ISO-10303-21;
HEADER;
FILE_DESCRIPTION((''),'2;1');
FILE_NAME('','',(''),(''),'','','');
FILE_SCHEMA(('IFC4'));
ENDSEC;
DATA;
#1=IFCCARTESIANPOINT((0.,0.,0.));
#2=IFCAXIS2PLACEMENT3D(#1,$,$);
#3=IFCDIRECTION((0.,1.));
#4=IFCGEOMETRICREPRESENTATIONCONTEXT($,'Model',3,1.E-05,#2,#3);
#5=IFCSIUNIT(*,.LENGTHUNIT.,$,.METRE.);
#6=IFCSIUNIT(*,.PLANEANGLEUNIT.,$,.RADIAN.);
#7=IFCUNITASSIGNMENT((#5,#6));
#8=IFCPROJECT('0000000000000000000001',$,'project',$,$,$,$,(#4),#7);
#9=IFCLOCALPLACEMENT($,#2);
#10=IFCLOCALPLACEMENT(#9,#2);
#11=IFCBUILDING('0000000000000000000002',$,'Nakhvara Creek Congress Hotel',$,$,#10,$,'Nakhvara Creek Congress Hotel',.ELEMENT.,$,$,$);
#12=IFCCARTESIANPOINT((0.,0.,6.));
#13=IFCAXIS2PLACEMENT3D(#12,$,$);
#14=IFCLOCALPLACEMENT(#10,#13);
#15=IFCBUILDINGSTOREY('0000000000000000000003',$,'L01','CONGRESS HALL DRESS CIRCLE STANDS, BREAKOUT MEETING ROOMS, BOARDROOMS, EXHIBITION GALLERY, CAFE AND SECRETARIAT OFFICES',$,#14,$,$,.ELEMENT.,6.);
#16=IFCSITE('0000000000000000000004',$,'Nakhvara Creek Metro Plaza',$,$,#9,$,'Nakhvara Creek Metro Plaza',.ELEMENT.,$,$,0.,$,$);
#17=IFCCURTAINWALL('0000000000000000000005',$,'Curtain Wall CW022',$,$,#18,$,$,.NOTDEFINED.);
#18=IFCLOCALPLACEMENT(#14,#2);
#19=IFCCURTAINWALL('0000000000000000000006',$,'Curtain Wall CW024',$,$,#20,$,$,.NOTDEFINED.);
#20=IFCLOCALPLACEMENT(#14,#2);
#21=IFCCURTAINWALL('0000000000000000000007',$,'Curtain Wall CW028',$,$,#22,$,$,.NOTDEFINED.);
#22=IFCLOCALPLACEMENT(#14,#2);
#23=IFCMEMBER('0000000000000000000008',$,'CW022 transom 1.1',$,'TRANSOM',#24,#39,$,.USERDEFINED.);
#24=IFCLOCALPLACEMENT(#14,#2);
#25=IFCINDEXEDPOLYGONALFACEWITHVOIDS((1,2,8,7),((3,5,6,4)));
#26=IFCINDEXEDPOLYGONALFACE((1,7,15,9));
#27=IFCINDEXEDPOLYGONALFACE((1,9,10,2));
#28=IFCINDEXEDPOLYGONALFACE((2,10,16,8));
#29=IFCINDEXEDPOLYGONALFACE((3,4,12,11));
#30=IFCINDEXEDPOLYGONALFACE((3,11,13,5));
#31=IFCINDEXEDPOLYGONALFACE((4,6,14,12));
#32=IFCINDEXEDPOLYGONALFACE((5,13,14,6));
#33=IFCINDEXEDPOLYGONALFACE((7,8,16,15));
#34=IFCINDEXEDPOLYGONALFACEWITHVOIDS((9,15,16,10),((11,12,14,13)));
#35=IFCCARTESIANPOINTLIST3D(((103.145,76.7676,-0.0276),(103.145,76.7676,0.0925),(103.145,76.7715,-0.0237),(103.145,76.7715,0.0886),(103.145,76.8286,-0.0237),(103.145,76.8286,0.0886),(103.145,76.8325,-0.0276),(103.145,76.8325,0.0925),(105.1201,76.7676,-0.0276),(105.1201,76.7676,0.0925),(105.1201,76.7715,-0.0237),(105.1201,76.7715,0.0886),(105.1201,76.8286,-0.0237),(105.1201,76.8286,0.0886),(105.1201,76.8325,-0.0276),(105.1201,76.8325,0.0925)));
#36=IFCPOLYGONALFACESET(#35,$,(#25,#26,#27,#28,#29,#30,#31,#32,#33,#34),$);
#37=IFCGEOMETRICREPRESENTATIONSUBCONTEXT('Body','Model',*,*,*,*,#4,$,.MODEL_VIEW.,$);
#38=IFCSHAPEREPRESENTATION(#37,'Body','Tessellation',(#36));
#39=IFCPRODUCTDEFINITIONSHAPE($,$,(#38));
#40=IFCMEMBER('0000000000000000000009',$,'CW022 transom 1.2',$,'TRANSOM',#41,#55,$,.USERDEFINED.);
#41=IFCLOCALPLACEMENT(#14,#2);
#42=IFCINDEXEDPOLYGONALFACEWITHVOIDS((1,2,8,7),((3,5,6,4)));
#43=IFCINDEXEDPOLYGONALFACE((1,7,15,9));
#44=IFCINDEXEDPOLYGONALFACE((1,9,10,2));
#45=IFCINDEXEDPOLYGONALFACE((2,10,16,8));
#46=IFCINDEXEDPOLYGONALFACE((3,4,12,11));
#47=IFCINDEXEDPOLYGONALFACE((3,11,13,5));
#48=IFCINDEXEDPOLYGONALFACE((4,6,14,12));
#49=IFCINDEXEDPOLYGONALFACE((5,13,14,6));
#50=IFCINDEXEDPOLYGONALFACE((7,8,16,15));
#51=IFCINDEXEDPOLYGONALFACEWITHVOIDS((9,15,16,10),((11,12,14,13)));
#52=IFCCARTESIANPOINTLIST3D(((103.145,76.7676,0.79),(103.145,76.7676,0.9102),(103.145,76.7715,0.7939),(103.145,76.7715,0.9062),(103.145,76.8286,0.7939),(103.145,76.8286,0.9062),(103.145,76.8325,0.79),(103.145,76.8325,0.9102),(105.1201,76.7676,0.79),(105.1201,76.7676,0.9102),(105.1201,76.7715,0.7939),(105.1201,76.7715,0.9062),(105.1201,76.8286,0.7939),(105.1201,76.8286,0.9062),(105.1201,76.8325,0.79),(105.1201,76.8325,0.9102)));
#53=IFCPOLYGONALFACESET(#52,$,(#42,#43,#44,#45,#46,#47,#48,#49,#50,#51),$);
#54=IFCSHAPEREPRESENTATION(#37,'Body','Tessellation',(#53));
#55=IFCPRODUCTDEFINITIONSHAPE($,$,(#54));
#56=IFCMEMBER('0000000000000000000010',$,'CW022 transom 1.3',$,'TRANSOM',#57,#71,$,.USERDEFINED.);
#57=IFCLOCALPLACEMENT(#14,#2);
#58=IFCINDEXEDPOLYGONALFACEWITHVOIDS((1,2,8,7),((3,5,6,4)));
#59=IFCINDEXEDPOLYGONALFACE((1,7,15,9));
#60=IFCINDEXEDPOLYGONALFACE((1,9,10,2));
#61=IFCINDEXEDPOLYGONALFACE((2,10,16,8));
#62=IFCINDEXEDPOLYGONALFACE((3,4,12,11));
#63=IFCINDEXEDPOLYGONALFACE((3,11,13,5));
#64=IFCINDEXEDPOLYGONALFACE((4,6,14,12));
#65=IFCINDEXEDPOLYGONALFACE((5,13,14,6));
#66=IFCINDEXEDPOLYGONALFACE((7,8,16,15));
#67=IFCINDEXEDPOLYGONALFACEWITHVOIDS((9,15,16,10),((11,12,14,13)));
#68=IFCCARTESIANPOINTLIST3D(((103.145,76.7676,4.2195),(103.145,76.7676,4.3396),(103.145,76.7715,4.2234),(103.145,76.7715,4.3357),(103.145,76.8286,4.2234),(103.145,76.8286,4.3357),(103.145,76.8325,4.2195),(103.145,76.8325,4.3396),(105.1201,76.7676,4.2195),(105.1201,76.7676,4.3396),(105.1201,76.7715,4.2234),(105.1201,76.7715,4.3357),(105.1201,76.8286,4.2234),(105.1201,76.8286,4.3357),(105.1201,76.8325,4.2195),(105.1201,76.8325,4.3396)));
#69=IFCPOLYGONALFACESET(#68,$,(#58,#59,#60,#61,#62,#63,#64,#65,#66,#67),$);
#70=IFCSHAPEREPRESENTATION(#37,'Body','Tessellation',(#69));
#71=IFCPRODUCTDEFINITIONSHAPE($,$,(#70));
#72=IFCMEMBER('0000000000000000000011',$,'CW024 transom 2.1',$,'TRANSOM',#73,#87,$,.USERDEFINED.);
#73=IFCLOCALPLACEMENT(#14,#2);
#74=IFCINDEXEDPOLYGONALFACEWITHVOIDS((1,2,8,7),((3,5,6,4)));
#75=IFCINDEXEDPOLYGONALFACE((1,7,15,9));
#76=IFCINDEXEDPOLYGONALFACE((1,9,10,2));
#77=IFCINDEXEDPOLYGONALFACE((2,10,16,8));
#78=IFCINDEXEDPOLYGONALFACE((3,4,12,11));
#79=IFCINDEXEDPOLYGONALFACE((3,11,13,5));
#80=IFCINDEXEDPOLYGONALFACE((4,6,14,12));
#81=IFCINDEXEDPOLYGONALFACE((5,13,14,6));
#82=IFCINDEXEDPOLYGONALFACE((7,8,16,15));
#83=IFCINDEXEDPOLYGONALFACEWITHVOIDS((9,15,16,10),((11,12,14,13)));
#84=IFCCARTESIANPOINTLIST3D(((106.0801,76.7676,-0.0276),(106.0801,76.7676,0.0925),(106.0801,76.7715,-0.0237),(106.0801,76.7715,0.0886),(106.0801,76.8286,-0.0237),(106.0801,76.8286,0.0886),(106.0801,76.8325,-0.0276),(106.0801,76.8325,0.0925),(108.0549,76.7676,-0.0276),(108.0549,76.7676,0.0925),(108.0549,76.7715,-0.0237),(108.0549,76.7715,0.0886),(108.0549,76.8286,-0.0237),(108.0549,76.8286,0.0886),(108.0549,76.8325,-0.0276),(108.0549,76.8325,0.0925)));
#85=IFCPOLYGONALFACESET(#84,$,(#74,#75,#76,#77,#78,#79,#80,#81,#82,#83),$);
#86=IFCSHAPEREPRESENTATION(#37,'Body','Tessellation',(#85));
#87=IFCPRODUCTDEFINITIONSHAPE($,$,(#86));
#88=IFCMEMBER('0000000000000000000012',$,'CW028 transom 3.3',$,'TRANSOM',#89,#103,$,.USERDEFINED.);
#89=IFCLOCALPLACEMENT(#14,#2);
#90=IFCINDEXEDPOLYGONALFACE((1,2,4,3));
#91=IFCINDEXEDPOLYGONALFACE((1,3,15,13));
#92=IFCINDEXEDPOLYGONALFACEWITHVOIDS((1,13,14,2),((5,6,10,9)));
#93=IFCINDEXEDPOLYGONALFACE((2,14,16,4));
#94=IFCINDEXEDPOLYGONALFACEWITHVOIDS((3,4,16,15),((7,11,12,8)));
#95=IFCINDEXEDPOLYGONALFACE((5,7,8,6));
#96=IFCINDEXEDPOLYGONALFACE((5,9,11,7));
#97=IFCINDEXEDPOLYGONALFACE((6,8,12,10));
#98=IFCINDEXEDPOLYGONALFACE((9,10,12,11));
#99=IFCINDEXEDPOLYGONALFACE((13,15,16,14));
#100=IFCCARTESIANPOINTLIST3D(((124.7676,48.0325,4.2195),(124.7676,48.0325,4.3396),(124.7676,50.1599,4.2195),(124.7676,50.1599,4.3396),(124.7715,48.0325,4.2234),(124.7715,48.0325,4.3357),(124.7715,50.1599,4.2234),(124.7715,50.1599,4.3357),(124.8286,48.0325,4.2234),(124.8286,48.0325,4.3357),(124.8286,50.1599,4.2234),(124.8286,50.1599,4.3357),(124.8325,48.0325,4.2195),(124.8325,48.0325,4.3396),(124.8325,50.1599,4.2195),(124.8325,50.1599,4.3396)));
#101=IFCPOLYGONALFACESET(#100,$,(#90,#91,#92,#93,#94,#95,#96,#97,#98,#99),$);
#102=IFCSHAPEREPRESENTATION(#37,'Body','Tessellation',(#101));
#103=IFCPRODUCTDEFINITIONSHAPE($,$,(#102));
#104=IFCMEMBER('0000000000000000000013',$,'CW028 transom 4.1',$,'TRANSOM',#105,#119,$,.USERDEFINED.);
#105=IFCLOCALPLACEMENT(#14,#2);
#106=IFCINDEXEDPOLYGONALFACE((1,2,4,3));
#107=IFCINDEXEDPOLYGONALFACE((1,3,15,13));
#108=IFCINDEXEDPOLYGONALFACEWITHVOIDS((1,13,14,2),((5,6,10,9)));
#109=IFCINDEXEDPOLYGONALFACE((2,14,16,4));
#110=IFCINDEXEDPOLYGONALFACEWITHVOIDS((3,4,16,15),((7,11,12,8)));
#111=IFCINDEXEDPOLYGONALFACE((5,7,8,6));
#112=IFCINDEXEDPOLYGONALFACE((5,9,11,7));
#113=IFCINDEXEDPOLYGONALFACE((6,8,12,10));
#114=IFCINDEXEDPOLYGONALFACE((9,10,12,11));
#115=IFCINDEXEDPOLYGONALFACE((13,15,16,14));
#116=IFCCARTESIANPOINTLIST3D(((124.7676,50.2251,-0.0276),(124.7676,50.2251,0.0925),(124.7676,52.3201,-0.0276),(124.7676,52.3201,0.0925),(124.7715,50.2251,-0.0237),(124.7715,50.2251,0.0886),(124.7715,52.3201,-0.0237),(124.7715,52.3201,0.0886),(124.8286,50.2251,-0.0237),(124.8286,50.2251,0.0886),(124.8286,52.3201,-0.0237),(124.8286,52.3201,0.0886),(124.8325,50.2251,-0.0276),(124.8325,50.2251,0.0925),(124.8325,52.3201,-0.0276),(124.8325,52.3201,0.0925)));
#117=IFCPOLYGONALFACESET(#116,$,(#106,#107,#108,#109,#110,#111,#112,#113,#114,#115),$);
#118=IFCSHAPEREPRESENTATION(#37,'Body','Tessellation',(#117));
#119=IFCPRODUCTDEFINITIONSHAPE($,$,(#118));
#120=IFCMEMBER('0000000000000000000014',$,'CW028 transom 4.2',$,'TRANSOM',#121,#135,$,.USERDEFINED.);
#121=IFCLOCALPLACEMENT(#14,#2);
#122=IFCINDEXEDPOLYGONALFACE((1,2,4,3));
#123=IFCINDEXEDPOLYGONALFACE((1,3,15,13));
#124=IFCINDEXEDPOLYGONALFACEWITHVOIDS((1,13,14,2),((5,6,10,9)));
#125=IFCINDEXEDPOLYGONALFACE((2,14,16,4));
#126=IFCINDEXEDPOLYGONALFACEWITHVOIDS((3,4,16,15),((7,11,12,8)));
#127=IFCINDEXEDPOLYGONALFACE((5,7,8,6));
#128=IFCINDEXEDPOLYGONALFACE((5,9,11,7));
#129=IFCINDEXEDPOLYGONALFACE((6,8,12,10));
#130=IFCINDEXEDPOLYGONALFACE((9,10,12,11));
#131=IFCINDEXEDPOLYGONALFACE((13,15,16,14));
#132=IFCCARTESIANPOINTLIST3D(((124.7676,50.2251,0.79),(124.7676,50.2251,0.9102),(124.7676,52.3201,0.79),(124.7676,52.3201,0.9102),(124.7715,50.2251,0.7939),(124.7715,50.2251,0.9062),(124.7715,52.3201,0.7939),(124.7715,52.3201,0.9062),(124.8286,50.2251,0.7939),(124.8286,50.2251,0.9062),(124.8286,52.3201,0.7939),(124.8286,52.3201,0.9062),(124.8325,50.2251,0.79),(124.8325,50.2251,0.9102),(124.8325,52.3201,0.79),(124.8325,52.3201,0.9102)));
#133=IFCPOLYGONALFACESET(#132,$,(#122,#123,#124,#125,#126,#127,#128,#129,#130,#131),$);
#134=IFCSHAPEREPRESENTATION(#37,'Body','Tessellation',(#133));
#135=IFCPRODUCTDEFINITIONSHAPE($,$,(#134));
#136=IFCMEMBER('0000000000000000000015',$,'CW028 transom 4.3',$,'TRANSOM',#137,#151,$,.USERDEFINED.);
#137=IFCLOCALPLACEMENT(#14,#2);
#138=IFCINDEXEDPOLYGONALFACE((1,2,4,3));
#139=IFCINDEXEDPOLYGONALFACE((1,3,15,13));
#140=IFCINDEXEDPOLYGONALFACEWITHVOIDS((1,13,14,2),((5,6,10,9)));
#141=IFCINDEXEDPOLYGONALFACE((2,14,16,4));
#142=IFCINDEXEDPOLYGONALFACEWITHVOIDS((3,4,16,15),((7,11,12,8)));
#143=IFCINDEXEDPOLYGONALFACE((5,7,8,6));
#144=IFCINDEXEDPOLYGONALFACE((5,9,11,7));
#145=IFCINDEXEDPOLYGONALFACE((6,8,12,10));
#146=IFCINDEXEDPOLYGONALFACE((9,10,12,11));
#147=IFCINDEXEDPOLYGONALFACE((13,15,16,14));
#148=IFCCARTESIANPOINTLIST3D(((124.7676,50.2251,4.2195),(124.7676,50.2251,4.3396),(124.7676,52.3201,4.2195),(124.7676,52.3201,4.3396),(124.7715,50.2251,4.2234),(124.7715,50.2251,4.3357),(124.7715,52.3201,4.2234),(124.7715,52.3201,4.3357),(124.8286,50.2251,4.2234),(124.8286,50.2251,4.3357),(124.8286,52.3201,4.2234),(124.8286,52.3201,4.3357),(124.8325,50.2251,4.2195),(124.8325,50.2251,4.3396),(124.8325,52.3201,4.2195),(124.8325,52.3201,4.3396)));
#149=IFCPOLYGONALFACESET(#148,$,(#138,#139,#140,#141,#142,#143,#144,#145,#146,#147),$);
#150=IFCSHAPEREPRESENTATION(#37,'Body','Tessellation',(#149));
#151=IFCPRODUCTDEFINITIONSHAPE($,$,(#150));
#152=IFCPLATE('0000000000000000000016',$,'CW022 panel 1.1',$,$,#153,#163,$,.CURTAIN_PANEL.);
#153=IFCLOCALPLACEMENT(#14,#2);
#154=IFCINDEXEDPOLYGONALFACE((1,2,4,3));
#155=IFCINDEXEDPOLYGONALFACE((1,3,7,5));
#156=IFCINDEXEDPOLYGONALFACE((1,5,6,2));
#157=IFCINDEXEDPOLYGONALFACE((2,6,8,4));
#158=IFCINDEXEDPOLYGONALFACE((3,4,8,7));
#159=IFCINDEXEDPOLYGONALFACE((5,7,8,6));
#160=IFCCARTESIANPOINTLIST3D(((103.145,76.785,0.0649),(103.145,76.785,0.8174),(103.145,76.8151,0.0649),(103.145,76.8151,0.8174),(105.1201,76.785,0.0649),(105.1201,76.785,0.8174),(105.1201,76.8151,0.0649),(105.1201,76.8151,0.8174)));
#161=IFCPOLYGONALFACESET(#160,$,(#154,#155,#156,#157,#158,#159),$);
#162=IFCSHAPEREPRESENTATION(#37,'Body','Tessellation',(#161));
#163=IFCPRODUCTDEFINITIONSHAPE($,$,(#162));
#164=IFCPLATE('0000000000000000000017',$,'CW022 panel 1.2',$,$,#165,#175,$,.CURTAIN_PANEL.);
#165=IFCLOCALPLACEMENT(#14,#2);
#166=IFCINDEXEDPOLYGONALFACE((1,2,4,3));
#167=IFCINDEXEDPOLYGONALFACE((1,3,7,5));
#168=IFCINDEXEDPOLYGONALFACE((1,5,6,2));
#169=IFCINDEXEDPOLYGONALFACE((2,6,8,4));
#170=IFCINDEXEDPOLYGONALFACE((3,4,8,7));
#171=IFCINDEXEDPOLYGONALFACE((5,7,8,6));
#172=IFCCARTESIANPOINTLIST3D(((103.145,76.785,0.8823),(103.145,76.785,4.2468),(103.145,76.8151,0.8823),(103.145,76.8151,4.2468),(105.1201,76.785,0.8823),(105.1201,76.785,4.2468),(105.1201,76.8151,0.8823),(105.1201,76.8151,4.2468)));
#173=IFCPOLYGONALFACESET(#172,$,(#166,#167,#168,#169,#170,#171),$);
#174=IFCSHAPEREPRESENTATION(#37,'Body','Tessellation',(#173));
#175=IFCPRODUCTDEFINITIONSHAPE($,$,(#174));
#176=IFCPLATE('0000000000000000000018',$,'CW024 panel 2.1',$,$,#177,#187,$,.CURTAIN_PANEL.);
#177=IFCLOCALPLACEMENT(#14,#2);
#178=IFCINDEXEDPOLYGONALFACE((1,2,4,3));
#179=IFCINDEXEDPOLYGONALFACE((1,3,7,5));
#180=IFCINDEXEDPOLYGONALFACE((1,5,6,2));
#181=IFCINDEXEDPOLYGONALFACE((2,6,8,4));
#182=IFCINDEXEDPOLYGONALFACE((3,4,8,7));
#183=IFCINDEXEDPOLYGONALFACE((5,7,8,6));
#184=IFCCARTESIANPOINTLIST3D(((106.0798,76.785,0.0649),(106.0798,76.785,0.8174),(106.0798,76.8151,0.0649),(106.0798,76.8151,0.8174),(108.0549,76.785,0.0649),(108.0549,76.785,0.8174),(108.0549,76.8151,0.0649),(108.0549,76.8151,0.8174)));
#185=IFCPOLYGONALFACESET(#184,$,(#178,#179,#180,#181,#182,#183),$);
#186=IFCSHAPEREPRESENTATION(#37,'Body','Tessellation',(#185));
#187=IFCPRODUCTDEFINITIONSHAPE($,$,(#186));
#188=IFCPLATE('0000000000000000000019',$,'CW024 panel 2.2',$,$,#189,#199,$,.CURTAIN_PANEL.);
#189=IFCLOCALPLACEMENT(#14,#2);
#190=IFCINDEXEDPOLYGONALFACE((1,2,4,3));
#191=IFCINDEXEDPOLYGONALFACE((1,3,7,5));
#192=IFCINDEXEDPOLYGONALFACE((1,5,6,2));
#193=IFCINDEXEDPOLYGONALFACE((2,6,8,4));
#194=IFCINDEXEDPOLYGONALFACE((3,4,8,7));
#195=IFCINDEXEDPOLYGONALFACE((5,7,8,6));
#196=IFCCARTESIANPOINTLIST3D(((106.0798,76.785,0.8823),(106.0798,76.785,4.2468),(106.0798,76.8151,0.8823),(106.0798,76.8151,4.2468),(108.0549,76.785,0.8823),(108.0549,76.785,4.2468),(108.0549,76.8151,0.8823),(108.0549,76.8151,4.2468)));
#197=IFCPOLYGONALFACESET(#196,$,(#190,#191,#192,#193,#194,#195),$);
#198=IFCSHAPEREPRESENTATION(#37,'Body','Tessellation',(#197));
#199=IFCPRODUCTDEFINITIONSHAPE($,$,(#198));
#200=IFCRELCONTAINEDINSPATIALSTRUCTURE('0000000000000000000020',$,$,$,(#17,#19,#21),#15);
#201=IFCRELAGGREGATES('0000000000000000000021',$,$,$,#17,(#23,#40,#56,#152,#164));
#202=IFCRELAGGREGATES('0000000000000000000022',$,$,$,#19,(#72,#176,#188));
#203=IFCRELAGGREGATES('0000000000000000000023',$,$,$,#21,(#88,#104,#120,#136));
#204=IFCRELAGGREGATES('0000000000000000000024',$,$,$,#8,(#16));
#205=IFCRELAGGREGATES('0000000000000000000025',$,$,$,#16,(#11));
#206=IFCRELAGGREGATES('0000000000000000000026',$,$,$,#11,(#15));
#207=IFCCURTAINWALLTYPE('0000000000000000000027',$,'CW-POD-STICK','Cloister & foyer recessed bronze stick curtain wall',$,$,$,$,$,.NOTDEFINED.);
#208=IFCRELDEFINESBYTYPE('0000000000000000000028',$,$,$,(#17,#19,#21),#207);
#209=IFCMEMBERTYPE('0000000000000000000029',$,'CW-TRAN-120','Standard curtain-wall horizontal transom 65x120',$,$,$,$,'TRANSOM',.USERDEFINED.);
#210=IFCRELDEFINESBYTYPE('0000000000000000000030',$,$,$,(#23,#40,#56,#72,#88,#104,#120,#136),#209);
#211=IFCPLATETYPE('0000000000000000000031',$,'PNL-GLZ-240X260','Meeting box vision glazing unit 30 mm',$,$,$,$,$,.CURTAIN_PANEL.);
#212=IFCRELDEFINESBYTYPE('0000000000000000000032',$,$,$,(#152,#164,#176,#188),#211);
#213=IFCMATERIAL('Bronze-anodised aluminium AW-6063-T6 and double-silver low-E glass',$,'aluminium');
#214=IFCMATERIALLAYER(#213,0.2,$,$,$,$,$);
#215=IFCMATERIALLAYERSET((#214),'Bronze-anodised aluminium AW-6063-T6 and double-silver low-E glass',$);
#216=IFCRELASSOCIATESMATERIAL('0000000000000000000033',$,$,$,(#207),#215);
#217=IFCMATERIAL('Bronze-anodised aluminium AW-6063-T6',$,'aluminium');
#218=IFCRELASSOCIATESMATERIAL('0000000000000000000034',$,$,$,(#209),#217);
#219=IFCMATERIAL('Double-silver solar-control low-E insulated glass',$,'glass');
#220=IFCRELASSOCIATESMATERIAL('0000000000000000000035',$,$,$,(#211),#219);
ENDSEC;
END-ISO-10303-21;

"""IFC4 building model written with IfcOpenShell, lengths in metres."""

from ifc_helpers import new_model, si_unit, direction, frame, origin, origin_2d, place, context, subcontext, project, spatial, rectangle, hollow_rectangle, extrude, material, layer, layer_set, material_profile, profile_set, type_object, element, aggregate, save


model = new_model("IFC4")

# Units and contexts
model_context = context("Model", 3, precision=1e-05, world=origin(), true_north=direction((0.0, 1.0)))
body_context = subcontext(model_context, "Body", "Model", "MODEL_VIEW")
ifc_project = project(units=[si_unit("LENGTHUNIT", "METRE"), si_unit("PLANEANGLEUNIT", "RADIAN")], contexts=[model_context])

# Site, building, storey
site_placement = place(None, origin())
site = spatial("IfcSite", under=ifc_project, at=site_placement, Name="Nakhvara Creek Metro Plaza", LongName="Nakhvara Creek Metro Plaza", CompositionType="ELEMENT", RefElevation=0.0)
building_placement = place(site_placement, origin())
building = spatial("IfcBuilding", under=site, at=building_placement, Name="Nakhvara Creek Congress Hotel", LongName="Nakhvara Creek Congress Hotel", CompositionType="ELEMENT")
storey_placement = place(building_placement, frame((0.0, 0.0, 6.0)))
storey = spatial("IfcBuildingStorey", under=building, at=storey_placement, Name="L01", Description="CONGRESS HALL DRESS CIRCLE STANDS, BREAKOUT MEETING ROOMS, BOARDROOMS, EXHIBITION GALLERY, CAFE AND SECRETARIAT OFFICES", CompositionType="ELEMENT", Elevation=6.0)

# Curtain walls
ifc_material_1 = material(Name="Bronze-anodised aluminium AW-6063-T6 and double-silver low-E glass", Category="aluminium")
ifc_layer = layer(ifc_material_1, 0.2)
ifc_layer_set = layer_set([ifc_layer], Name="Bronze-anodised aluminium AW-6063-T6 and double-silver low-E glass")
curtain_wall_type = type_object("IfcCurtainWallType", Name="CW-POD-STICK", Description="Cloister & foyer recessed bronze stick curtain wall", PredefinedType="NOTDEFINED", material=ifc_layer_set)
curtain_wall_1_placement = place(storey_placement, origin())
curtain_wall_1 = element("IfcCurtainWall", 1, at=curtain_wall_1_placement, inside=storey, type_object=curtain_wall_type, Name="Curtain Wall CW022", PredefinedType="NOTDEFINED")
ifc_material_2 = material(Name="Bronze-anodised aluminium AW-6063-T6", Category="aluminium")
curtain_wall_2_placement = place(storey_placement, origin())
curtain_wall_2 = element("IfcCurtainWall", 2, at=curtain_wall_2_placement, inside=storey, type_object=curtain_wall_type, Name="Curtain Wall CW024", PredefinedType="NOTDEFINED")

# Curtain wall
curtain_wall_3_placement = place(storey_placement, origin())
curtain_wall_3 = element("IfcCurtainWall", 3, at=curtain_wall_3_placement, inside=storey, type_object=curtain_wall_type, Name="Curtain Wall CW028", PredefinedType="NOTDEFINED")

# Members
ifc_material_profile_1 = material_profile(ifc_material_2, hollow_rectangle(XDim=0.0649, YDim=0.1201, WallThickness=0.0039, at=origin_2d()), Name="ALU-TRAN 65x120x4", Category="LoadBearing")
ifc_profile_set_1 = profile_set([ifc_material_profile_1], Name="Bronze-anodised aluminium AW-6063-T6")
member_type_1 = type_object("IfcMemberType", Name="CW-TRAN-120", Description="Standard curtain-wall horizontal transom 65x120", ElementType="TRANSOM", PredefinedType="USERDEFINED", material=ifc_profile_set_1)
member_1_placement = place(storey_placement, frame((105.1201, 76.8, 0.0325), z_axis=(-1.0, 0.0, 0.0), x_axis=(0.0, -1.0, 0.0)))
member_1 = element("IfcMember", 4, at=member_1_placement, type_object=member_type_1, Name="CW022 transom 1.1", ObjectType="TRANSOM", PredefinedType="USERDEFINED", context=body_context, shape_type="SweptSolid", body=[
    extrude(hollow_rectangle(XDim=0.0649, YDim=0.1201, WallThickness=0.0039, at=origin_2d()), origin(), (0.0, 0.0, 1.0), 1.9751),
])
member_2_placement = place(storey_placement, frame((105.1201, 76.8, 0.8501), z_axis=(-1.0, 0.0, 0.0), x_axis=(0.0, -1.0, 0.0)))
member_2 = element("IfcMember", 5, at=member_2_placement, type_object=member_type_1, Name="CW022 transom 1.2", ObjectType="TRANSOM", PredefinedType="USERDEFINED", context=body_context, shape_type="SweptSolid", body=[
    extrude(hollow_rectangle(XDim=0.0649, YDim=0.1201, WallThickness=0.0039, at=origin_2d()), origin(), (0.0, 0.0, 1.0), 1.9751),
])
member_3_placement = place(storey_placement, frame((105.1201, 76.8, 4.2795), z_axis=(-1.0, 0.0, 0.0), x_axis=(0.0, -1.0, 0.0)))
member_3 = element("IfcMember", 6, at=member_3_placement, type_object=member_type_1, Name="CW022 transom 1.3", ObjectType="TRANSOM", PredefinedType="USERDEFINED", context=body_context, shape_type="SweptSolid", body=[
    extrude(hollow_rectangle(XDim=0.0649, YDim=0.1201, WallThickness=0.0039, at=origin_2d()), origin(), (0.0, 0.0, 1.0), 1.9751),
])
member_4_placement = place(storey_placement, frame((108.0549, 76.8, 0.0325), z_axis=(-1.0, 0.0, 0.0), x_axis=(0.0, -1.0, 0.0)))
member_4 = element("IfcMember", 7, at=member_4_placement, type_object=member_type_1, Name="CW024 transom 2.1", ObjectType="TRANSOM", PredefinedType="USERDEFINED", context=body_context, shape_type="SweptSolid", body=[
    extrude(hollow_rectangle(XDim=0.0649, YDim=0.1201, WallThickness=0.0039, at=origin_2d()), origin(), (0.0, 0.0, 1.0), 1.9749),
])
member_5_placement = place(storey_placement, frame((124.8, 48.0325, 4.2795), z_axis=(0.0, 1.0, 0.0), x_axis=(-1.0, 0.0, 0.0)))
member_5 = element("IfcMember", 8, at=member_5_placement, type_object=member_type_1, Name="CW028 transom 3.3", ObjectType="TRANSOM", PredefinedType="USERDEFINED", context=body_context, shape_type="SweptSolid", body=[
    extrude(hollow_rectangle(XDim=0.0649, YDim=0.1201, WallThickness=0.0039, at=origin_2d()), origin(), (0.0, 0.0, 1.0), 2.1274),
])
member_6_placement = place(storey_placement, frame((124.8, 50.2251, 0.0325), z_axis=(0.0, 1.0, 0.0), x_axis=(-1.0, 0.0, 0.0)))
member_6 = element("IfcMember", 9, at=member_6_placement, type_object=member_type_1, Name="CW028 transom 4.1", ObjectType="TRANSOM", PredefinedType="USERDEFINED", context=body_context, shape_type="SweptSolid", body=[
    extrude(hollow_rectangle(XDim=0.0649, YDim=0.1201, WallThickness=0.0039, at=origin_2d()), origin(), (0.0, 0.0, 1.0), 2.095),
])
member_7_placement = place(storey_placement, frame((124.8, 50.2251, 0.8501), z_axis=(0.0, 1.0, 0.0), x_axis=(-1.0, 0.0, 0.0)))
member_7 = element("IfcMember", 10, at=member_7_placement, type_object=member_type_1, Name="CW028 transom 4.2", ObjectType="TRANSOM", PredefinedType="USERDEFINED", context=body_context, shape_type="SweptSolid", body=[
    extrude(hollow_rectangle(XDim=0.0649, YDim=0.1201, WallThickness=0.0039, at=origin_2d()), origin(), (0.0, 0.0, 1.0), 2.095),
])
member_8_placement = place(storey_placement, frame((124.8, 50.2251, 4.2795), z_axis=(0.0, 1.0, 0.0), x_axis=(-1.0, 0.0, 0.0)))
member_8 = element("IfcMember", 11, at=member_8_placement, type_object=member_type_1, Name="CW028 transom 4.3", ObjectType="TRANSOM", PredefinedType="USERDEFINED", context=body_context, shape_type="SweptSolid", body=[
    extrude(hollow_rectangle(XDim=0.0649, YDim=0.1201, WallThickness=0.0039, at=origin_2d()), origin(), (0.0, 0.0, 1.0), 2.095),
])

# Plates
ifc_material_3 = material(Name="Double-silver solar-control low-E insulated glass", Category="glass")
plate_type = type_object("IfcPlateType", Name="PNL-GLZ-240X260", Description="Meeting box vision glazing unit 30 mm", PredefinedType="CURTAIN_PANEL", material=ifc_material_3)
plate_1_placement = place(storey_placement, frame((104.1326, 76.8, 0.0649), z_axis=(0.0, 0.0, 1.0), x_axis=(-1.0, 0.0, 0.0)))
plate_1 = element("IfcPlate", 12, at=plate_1_placement, type_object=plate_type, Name="CW022 panel 1.1", PredefinedType="CURTAIN_PANEL", context=body_context, shape_type="SweptSolid", body=[
    extrude(rectangle(XDim=1.9751, YDim=0.03, at=origin_2d()), origin(), (0.0, 0.0, 1.0), 0.7524),
])
plate_2_placement = place(storey_placement, frame((104.1326, 76.8, 0.8823), z_axis=(0.0, 0.0, 1.0), x_axis=(-1.0, 0.0, 0.0)))
plate_2 = element("IfcPlate", 13, at=plate_2_placement, type_object=plate_type, Name="CW022 panel 1.2", PredefinedType="CURTAIN_PANEL", context=body_context, shape_type="SweptSolid", body=[
    extrude(rectangle(XDim=1.9751, YDim=0.03, at=origin_2d()), origin(), (0.0, 0.0, 1.0), 3.3645),
])
aggregate(curtain_wall_1, [member_1, member_2, member_3, plate_1, plate_2])
plate_3_placement = place(storey_placement, frame((107.0674, 76.8, 0.0649), z_axis=(0.0, 0.0, 1.0), x_axis=(-1.0, 0.0, 0.0)))
plate_3 = element("IfcPlate", 14, at=plate_3_placement, type_object=plate_type, Name="CW024 panel 2.1", PredefinedType="CURTAIN_PANEL", context=body_context, shape_type="SweptSolid", body=[
    extrude(rectangle(XDim=1.9751, YDim=0.03, at=origin_2d()), origin(), (0.0, 0.0, 1.0), 0.7524),
])
plate_4_placement = place(storey_placement, frame((107.0674, 76.8, 0.8823), z_axis=(0.0, 0.0, 1.0), x_axis=(-1.0, 0.0, 0.0)))
plate_4 = element("IfcPlate", 15, at=plate_4_placement, type_object=plate_type, Name="CW024 panel 2.2", PredefinedType="CURTAIN_PANEL", context=body_context, shape_type="SweptSolid", body=[
    extrude(rectangle(XDim=1.9751, YDim=0.03, at=origin_2d()), origin(), (0.0, 0.0, 1.0), 3.3645),
])
aggregate(curtain_wall_2, [member_4, plate_3, plate_4])
aggregate(curtain_wall_3, [member_5, member_6, member_7, member_8])

save(model, "model.ifc")
